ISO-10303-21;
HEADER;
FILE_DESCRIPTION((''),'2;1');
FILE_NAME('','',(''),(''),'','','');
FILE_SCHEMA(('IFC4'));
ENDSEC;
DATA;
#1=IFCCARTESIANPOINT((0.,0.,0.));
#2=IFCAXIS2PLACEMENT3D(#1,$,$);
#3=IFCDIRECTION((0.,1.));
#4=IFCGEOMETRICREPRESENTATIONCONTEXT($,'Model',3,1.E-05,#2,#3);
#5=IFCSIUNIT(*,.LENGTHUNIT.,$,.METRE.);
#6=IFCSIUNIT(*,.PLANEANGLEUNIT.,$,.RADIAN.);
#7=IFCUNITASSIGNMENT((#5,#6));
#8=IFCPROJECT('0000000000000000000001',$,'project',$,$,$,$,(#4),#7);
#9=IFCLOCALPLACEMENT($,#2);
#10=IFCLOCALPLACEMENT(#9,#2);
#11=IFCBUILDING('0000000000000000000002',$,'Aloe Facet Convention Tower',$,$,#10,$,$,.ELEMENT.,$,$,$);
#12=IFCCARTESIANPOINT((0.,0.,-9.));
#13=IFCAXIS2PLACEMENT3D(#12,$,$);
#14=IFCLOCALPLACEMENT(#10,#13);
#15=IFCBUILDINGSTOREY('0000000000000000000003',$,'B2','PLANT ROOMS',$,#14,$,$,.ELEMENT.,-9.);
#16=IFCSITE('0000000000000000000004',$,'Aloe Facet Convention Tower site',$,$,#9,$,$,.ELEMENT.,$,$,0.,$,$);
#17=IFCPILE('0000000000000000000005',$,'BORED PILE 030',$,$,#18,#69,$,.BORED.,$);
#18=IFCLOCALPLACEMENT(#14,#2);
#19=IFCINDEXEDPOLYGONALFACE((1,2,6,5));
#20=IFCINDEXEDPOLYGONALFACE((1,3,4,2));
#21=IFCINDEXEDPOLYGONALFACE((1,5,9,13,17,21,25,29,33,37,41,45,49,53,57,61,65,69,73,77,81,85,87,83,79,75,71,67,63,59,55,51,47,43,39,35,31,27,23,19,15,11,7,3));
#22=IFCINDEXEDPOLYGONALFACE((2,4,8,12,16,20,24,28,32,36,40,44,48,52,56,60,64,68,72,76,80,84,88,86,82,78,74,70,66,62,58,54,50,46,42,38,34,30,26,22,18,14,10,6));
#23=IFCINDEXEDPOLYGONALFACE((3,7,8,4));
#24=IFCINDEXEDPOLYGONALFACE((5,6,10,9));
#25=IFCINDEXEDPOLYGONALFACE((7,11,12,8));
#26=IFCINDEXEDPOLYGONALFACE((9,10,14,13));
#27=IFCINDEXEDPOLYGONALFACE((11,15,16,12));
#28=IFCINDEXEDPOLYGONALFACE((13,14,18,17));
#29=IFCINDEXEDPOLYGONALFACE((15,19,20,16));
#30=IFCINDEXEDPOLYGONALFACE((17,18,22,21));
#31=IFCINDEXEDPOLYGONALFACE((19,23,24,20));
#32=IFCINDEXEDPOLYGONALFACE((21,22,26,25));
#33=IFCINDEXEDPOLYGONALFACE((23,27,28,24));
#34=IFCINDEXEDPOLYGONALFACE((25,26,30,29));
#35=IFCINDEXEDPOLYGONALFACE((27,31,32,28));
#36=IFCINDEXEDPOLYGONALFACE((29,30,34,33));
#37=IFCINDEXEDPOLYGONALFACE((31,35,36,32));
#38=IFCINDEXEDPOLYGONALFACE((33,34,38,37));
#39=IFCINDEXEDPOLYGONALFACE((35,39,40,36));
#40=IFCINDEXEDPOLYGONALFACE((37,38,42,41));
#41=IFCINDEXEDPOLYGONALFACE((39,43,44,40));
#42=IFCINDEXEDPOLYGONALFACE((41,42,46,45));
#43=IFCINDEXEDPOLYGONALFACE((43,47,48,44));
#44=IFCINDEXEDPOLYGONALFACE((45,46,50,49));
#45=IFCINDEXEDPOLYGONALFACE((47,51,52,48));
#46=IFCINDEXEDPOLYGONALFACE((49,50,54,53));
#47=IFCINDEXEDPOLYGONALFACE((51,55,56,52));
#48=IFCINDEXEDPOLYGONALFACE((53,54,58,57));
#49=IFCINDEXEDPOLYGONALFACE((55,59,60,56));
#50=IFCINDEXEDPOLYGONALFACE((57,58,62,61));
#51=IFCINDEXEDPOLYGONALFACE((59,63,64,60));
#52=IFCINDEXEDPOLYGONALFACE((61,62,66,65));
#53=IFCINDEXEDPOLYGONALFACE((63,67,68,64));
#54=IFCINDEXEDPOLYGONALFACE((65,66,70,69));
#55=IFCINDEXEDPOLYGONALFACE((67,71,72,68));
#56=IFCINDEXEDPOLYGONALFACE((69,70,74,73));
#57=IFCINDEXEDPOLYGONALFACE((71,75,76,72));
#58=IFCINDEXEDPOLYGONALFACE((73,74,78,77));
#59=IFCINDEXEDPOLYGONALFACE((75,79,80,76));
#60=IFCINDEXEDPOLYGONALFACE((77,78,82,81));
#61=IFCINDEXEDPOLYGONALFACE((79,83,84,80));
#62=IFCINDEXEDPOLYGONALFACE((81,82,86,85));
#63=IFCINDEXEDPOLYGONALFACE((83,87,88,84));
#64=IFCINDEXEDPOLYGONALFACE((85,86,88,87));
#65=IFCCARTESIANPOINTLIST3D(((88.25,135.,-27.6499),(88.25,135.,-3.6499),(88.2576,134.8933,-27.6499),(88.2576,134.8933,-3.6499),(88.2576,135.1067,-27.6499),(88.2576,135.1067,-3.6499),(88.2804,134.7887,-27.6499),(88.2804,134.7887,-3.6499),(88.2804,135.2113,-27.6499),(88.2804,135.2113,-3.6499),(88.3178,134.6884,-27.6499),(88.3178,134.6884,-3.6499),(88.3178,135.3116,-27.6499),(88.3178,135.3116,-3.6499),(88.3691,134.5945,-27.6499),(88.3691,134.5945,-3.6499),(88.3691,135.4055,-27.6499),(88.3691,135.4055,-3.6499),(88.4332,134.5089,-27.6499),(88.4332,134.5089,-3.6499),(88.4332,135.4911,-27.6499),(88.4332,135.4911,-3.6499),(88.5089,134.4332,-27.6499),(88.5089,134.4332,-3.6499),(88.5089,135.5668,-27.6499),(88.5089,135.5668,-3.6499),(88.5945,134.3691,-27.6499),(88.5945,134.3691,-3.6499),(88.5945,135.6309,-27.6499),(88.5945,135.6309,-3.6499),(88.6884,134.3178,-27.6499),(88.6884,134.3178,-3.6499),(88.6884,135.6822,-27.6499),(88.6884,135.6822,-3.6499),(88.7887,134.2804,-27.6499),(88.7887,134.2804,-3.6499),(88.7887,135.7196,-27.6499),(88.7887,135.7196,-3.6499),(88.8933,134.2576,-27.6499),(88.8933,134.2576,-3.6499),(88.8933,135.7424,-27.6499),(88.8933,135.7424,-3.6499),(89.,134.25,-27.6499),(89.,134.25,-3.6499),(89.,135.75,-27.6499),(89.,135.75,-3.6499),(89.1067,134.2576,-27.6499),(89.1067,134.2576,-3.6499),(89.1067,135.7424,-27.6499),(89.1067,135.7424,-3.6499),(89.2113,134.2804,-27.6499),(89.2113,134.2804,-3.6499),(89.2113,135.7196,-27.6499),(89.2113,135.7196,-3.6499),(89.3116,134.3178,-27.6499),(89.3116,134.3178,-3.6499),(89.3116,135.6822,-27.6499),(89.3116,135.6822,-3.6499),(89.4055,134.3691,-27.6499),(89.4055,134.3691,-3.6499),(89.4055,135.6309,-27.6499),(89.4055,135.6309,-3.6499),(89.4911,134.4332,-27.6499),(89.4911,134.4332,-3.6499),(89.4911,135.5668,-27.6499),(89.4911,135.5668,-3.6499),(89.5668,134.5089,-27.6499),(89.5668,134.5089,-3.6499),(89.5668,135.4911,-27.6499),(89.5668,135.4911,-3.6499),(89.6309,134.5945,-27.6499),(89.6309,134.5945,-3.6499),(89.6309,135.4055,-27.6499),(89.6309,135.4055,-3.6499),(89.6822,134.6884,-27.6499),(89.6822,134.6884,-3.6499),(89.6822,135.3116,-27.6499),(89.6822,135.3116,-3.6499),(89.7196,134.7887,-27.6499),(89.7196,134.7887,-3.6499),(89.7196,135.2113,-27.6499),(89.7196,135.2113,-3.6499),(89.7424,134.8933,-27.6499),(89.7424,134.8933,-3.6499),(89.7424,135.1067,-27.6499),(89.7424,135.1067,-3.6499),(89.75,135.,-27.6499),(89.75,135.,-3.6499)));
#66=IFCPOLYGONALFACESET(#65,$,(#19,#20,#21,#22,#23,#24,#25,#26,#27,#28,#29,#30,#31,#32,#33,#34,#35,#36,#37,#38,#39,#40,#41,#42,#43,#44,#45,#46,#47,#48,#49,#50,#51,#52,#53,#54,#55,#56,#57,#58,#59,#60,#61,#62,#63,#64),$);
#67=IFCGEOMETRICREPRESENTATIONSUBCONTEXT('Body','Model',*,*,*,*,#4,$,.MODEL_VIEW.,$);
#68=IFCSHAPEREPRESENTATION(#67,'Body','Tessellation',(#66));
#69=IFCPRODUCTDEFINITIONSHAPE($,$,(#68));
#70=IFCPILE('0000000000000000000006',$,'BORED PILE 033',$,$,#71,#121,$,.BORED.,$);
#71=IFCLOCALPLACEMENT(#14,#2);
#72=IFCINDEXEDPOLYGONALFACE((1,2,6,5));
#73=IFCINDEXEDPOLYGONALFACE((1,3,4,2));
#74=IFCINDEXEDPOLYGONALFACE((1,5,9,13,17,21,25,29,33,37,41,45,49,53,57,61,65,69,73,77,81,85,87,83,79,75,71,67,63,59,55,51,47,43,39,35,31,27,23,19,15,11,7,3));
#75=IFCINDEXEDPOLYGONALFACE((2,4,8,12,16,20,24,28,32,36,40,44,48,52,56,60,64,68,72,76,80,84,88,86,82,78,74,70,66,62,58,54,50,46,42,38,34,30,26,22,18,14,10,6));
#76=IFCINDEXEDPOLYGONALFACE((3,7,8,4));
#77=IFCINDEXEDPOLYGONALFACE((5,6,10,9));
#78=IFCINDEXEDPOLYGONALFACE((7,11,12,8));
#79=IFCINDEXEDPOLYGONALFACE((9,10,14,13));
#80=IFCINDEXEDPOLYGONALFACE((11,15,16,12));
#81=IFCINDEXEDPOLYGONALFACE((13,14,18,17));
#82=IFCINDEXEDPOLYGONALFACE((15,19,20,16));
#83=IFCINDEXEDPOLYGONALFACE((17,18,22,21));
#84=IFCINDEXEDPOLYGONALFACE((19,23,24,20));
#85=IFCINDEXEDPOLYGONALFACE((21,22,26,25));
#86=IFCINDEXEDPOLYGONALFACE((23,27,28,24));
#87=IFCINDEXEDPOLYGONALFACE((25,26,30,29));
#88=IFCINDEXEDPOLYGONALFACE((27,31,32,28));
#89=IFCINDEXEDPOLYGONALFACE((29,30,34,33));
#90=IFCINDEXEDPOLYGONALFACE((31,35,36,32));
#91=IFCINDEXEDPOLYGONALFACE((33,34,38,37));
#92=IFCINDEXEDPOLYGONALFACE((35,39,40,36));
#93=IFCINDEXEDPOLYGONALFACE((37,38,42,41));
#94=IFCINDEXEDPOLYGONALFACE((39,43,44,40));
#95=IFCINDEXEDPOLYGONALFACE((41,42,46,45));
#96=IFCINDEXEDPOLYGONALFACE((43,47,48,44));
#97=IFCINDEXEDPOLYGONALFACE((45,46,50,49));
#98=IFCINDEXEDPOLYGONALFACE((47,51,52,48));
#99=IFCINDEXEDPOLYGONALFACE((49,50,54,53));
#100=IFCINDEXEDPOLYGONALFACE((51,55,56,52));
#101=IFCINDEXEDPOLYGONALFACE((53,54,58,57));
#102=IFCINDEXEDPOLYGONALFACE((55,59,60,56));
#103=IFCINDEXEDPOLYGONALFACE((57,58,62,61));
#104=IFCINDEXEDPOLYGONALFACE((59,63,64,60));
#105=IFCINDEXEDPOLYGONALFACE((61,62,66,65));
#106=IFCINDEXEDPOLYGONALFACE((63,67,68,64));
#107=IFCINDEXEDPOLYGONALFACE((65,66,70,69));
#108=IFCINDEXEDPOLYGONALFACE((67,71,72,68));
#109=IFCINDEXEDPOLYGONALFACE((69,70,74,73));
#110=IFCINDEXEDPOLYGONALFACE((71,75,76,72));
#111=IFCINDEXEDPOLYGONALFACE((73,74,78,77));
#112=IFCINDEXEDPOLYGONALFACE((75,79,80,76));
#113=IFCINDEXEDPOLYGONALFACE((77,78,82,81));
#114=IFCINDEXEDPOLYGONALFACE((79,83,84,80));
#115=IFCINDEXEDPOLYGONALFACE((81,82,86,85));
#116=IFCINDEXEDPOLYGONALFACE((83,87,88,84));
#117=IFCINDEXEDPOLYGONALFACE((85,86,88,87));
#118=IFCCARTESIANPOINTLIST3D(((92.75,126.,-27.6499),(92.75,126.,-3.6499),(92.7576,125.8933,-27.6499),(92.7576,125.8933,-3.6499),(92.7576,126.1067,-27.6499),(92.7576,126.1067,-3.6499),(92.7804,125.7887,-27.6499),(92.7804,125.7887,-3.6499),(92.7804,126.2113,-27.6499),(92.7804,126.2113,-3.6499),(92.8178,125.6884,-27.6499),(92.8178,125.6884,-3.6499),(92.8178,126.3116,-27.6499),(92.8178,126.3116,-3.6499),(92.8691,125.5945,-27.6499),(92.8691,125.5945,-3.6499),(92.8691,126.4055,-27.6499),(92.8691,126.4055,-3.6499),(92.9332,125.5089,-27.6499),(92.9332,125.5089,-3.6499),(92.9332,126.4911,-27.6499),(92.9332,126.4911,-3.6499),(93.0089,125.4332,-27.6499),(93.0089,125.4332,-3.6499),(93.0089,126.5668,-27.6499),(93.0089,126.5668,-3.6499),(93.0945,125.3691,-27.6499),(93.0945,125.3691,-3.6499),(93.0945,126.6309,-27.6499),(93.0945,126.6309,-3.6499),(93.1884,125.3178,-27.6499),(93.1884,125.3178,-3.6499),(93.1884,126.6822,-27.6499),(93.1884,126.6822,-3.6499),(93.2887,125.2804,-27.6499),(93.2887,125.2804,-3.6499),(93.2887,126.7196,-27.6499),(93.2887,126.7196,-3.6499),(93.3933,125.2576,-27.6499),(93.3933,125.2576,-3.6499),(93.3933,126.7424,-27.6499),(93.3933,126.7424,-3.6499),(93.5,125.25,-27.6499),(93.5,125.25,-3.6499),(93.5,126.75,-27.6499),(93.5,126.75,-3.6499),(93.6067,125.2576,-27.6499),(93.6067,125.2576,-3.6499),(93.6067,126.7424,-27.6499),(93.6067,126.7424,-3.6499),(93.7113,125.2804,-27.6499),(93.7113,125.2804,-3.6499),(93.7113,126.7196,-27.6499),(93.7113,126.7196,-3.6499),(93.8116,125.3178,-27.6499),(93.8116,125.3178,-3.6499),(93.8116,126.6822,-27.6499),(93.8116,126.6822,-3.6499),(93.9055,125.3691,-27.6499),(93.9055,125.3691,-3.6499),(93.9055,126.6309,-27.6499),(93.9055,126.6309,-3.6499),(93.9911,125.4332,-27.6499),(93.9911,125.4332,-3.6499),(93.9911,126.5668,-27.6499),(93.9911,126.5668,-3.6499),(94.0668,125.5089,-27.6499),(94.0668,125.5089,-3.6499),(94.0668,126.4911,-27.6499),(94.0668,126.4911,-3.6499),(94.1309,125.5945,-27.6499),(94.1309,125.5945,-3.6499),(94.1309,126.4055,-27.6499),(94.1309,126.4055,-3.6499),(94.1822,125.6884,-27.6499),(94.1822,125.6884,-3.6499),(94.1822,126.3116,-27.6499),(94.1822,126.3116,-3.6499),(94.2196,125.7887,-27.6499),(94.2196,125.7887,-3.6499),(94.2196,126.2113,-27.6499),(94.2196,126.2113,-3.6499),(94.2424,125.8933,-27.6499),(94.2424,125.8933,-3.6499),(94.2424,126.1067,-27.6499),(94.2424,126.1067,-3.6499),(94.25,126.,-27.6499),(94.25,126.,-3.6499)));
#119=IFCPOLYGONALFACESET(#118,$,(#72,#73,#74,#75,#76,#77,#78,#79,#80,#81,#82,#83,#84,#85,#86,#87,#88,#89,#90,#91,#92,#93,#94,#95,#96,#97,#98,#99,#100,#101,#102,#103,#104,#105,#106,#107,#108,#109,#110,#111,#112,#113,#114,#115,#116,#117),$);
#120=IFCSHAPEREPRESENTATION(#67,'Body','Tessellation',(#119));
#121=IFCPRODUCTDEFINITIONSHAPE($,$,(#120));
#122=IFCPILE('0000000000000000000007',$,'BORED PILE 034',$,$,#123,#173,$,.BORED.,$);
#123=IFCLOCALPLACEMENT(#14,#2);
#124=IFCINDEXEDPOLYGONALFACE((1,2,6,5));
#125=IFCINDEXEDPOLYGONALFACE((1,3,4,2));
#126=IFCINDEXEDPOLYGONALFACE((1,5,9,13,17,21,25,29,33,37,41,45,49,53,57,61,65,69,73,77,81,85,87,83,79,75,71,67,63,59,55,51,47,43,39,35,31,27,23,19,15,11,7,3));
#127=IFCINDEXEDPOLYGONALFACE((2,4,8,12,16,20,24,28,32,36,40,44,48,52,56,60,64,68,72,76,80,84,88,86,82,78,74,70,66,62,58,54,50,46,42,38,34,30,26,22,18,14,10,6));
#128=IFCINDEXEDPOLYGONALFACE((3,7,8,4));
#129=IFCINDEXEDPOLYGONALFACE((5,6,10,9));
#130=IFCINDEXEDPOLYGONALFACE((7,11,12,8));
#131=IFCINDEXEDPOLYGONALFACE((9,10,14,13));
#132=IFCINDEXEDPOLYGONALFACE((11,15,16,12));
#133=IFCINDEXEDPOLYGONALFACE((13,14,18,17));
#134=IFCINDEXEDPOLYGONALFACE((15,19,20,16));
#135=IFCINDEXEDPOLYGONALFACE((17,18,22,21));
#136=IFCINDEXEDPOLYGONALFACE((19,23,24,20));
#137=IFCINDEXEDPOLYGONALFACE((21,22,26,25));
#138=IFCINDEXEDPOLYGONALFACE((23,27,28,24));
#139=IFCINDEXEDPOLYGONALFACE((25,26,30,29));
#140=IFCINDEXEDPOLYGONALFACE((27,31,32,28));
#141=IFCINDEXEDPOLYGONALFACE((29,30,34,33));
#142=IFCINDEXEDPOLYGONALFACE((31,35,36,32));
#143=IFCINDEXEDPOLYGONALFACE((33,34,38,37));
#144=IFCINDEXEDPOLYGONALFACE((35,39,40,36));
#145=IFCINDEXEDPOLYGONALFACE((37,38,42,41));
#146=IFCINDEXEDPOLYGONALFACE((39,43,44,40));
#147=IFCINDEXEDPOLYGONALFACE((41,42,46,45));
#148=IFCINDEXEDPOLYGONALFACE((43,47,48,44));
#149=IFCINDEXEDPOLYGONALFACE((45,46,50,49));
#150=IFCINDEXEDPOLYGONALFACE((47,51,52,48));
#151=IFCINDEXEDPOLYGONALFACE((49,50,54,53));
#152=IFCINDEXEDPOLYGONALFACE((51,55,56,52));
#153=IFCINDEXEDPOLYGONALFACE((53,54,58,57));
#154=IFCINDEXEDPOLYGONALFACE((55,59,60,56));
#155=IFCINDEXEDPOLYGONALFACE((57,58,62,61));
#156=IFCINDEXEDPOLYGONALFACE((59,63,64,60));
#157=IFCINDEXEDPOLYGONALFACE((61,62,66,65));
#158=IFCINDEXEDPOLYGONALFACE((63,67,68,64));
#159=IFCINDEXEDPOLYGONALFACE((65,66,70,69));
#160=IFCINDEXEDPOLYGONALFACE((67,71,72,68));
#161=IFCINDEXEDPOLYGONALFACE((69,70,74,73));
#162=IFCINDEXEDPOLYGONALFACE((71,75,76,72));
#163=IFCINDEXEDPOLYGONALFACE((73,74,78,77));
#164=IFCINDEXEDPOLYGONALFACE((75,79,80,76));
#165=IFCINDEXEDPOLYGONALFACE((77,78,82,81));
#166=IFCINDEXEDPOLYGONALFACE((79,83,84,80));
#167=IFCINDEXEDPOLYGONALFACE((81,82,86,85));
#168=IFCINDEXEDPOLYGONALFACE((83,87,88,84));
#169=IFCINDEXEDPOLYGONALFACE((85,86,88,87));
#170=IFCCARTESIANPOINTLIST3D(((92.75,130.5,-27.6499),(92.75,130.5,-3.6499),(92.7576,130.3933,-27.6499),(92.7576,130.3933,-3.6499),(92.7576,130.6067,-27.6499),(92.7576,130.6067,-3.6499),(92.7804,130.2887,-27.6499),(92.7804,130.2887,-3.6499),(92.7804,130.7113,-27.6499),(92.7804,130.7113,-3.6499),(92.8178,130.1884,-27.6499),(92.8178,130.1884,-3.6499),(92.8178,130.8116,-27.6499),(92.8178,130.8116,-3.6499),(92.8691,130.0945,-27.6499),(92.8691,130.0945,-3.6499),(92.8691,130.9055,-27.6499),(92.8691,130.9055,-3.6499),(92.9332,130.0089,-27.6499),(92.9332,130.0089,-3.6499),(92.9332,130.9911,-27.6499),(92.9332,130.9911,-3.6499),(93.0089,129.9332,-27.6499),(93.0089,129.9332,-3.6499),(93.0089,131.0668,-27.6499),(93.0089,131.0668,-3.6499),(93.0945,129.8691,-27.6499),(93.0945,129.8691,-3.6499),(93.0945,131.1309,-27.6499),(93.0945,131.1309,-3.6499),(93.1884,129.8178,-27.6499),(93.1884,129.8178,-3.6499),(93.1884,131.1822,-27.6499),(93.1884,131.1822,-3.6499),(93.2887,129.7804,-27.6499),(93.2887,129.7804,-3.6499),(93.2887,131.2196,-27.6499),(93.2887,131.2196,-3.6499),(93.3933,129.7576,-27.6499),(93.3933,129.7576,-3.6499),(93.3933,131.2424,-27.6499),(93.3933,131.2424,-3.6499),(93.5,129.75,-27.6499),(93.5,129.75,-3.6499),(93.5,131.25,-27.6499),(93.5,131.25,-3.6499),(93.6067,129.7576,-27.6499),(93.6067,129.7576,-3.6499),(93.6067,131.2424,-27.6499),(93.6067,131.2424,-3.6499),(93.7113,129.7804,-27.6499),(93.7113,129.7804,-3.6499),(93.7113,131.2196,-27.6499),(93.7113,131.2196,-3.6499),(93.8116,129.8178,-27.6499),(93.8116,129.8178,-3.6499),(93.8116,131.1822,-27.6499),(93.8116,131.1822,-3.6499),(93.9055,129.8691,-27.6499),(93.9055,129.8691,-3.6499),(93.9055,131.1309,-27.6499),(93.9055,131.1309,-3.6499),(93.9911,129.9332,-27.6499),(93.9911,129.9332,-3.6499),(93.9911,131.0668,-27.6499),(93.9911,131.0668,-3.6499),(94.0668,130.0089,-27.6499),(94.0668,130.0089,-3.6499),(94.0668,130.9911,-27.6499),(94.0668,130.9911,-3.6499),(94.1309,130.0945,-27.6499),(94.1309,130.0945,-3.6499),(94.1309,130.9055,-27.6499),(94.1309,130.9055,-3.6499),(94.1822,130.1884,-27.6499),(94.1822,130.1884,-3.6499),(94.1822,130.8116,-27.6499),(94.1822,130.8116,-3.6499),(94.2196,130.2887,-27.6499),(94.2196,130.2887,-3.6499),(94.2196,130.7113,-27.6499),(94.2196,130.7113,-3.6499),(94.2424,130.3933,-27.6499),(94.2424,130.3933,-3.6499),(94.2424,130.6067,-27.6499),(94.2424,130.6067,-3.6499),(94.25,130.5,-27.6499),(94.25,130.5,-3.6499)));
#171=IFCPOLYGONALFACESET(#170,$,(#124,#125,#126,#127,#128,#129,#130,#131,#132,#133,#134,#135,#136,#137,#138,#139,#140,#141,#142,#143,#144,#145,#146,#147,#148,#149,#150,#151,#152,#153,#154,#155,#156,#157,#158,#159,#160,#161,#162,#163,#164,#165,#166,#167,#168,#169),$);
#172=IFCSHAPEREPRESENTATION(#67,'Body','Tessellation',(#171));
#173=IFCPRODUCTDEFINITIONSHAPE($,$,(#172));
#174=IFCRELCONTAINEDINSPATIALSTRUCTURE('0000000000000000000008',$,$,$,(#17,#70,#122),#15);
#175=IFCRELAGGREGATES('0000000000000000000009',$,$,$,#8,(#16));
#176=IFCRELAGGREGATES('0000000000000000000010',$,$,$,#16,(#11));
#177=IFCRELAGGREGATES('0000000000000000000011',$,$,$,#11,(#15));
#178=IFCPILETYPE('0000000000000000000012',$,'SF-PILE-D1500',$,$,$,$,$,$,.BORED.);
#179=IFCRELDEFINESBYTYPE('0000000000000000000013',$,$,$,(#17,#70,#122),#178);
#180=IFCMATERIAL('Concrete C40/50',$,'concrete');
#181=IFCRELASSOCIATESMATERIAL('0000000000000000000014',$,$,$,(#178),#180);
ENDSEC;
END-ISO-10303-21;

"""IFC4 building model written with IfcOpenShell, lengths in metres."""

from ifc_helpers import new_model, si_unit, direction, frame, origin, origin_2d, place, context, subcontext, project, spatial, circle, extrude, material, material_profile, profile_set, type_object, element, save


model = new_model("IFC4")

# Units and contexts
model_context = context("Model", 3, precision=1e-05, world=origin(), true_north=direction((0.0, 1.0)))
body_context = subcontext(model_context, "Body", "Model", "MODEL_VIEW")
ifc_project = project(units=[si_unit("LENGTHUNIT", "METRE"), si_unit("PLANEANGLEUNIT", "RADIAN")], contexts=[model_context])

# Site, building, storey
site_placement = place(None, origin())
site = spatial("IfcSite", under=ifc_project, at=site_placement, Name="Aloe Facet Convention Tower site", CompositionType="ELEMENT", RefElevation=0.0)
building_placement = place(site_placement, origin())
building = spatial("IfcBuilding", under=site, at=building_placement, Name="Aloe Facet Convention Tower", CompositionType="ELEMENT")
storey_placement = place(building_placement, frame((0.0, 0.0, -9.0)))
storey = spatial("IfcBuildingStorey", under=building, at=storey_placement, Name="B2", Description="PLANT ROOMS", CompositionType="ELEMENT", Elevation=-9.0)

# Piles
ifc_material_1 = material(Name="Concrete C40/50", Category="concrete")
ifc_material_profile_1 = material_profile(ifc_material_1, circle(Radius=0.75, at=origin_2d()), Name="D1500")
ifc_profile_set_1 = profile_set([ifc_material_profile_1], Name="Concrete C40/50")
pile_type = type_object("IfcPileType", Name="SF-PILE-D1500", PredefinedType="BORED", material=ifc_profile_set_1)
for number, where, z_axis, x_axis, name in (
    (1, (89.0, 135.0, -3.6499), (0.0, 0.0, -1.0), (1.0, 0.0, 0.0), "BORED PILE 030"),
    (2, (93.5, 126.0, -3.6499), (0.0, 0.0, -1.0), (1.0, 0.0, 0.0), "BORED PILE 033"),
    (3, (93.5, 130.5, -3.6499), (0.0, 0.0, -1.0), (1.0, 0.0, 0.0), "BORED PILE 034"),
):
    element("IfcPile", number, at=place(storey_placement, frame(where, z_axis=z_axis, x_axis=x_axis)), inside=storey, type_object=pile_type, Name=name, PredefinedType="BORED", context=body_context, shape_type="SweptSolid", body=[
        extrude(circle(Radius=0.75, at=origin_2d()), origin(), (0.0, 0.0, 1.0), 24.0),
    ])

save(model, "model.ifc")
